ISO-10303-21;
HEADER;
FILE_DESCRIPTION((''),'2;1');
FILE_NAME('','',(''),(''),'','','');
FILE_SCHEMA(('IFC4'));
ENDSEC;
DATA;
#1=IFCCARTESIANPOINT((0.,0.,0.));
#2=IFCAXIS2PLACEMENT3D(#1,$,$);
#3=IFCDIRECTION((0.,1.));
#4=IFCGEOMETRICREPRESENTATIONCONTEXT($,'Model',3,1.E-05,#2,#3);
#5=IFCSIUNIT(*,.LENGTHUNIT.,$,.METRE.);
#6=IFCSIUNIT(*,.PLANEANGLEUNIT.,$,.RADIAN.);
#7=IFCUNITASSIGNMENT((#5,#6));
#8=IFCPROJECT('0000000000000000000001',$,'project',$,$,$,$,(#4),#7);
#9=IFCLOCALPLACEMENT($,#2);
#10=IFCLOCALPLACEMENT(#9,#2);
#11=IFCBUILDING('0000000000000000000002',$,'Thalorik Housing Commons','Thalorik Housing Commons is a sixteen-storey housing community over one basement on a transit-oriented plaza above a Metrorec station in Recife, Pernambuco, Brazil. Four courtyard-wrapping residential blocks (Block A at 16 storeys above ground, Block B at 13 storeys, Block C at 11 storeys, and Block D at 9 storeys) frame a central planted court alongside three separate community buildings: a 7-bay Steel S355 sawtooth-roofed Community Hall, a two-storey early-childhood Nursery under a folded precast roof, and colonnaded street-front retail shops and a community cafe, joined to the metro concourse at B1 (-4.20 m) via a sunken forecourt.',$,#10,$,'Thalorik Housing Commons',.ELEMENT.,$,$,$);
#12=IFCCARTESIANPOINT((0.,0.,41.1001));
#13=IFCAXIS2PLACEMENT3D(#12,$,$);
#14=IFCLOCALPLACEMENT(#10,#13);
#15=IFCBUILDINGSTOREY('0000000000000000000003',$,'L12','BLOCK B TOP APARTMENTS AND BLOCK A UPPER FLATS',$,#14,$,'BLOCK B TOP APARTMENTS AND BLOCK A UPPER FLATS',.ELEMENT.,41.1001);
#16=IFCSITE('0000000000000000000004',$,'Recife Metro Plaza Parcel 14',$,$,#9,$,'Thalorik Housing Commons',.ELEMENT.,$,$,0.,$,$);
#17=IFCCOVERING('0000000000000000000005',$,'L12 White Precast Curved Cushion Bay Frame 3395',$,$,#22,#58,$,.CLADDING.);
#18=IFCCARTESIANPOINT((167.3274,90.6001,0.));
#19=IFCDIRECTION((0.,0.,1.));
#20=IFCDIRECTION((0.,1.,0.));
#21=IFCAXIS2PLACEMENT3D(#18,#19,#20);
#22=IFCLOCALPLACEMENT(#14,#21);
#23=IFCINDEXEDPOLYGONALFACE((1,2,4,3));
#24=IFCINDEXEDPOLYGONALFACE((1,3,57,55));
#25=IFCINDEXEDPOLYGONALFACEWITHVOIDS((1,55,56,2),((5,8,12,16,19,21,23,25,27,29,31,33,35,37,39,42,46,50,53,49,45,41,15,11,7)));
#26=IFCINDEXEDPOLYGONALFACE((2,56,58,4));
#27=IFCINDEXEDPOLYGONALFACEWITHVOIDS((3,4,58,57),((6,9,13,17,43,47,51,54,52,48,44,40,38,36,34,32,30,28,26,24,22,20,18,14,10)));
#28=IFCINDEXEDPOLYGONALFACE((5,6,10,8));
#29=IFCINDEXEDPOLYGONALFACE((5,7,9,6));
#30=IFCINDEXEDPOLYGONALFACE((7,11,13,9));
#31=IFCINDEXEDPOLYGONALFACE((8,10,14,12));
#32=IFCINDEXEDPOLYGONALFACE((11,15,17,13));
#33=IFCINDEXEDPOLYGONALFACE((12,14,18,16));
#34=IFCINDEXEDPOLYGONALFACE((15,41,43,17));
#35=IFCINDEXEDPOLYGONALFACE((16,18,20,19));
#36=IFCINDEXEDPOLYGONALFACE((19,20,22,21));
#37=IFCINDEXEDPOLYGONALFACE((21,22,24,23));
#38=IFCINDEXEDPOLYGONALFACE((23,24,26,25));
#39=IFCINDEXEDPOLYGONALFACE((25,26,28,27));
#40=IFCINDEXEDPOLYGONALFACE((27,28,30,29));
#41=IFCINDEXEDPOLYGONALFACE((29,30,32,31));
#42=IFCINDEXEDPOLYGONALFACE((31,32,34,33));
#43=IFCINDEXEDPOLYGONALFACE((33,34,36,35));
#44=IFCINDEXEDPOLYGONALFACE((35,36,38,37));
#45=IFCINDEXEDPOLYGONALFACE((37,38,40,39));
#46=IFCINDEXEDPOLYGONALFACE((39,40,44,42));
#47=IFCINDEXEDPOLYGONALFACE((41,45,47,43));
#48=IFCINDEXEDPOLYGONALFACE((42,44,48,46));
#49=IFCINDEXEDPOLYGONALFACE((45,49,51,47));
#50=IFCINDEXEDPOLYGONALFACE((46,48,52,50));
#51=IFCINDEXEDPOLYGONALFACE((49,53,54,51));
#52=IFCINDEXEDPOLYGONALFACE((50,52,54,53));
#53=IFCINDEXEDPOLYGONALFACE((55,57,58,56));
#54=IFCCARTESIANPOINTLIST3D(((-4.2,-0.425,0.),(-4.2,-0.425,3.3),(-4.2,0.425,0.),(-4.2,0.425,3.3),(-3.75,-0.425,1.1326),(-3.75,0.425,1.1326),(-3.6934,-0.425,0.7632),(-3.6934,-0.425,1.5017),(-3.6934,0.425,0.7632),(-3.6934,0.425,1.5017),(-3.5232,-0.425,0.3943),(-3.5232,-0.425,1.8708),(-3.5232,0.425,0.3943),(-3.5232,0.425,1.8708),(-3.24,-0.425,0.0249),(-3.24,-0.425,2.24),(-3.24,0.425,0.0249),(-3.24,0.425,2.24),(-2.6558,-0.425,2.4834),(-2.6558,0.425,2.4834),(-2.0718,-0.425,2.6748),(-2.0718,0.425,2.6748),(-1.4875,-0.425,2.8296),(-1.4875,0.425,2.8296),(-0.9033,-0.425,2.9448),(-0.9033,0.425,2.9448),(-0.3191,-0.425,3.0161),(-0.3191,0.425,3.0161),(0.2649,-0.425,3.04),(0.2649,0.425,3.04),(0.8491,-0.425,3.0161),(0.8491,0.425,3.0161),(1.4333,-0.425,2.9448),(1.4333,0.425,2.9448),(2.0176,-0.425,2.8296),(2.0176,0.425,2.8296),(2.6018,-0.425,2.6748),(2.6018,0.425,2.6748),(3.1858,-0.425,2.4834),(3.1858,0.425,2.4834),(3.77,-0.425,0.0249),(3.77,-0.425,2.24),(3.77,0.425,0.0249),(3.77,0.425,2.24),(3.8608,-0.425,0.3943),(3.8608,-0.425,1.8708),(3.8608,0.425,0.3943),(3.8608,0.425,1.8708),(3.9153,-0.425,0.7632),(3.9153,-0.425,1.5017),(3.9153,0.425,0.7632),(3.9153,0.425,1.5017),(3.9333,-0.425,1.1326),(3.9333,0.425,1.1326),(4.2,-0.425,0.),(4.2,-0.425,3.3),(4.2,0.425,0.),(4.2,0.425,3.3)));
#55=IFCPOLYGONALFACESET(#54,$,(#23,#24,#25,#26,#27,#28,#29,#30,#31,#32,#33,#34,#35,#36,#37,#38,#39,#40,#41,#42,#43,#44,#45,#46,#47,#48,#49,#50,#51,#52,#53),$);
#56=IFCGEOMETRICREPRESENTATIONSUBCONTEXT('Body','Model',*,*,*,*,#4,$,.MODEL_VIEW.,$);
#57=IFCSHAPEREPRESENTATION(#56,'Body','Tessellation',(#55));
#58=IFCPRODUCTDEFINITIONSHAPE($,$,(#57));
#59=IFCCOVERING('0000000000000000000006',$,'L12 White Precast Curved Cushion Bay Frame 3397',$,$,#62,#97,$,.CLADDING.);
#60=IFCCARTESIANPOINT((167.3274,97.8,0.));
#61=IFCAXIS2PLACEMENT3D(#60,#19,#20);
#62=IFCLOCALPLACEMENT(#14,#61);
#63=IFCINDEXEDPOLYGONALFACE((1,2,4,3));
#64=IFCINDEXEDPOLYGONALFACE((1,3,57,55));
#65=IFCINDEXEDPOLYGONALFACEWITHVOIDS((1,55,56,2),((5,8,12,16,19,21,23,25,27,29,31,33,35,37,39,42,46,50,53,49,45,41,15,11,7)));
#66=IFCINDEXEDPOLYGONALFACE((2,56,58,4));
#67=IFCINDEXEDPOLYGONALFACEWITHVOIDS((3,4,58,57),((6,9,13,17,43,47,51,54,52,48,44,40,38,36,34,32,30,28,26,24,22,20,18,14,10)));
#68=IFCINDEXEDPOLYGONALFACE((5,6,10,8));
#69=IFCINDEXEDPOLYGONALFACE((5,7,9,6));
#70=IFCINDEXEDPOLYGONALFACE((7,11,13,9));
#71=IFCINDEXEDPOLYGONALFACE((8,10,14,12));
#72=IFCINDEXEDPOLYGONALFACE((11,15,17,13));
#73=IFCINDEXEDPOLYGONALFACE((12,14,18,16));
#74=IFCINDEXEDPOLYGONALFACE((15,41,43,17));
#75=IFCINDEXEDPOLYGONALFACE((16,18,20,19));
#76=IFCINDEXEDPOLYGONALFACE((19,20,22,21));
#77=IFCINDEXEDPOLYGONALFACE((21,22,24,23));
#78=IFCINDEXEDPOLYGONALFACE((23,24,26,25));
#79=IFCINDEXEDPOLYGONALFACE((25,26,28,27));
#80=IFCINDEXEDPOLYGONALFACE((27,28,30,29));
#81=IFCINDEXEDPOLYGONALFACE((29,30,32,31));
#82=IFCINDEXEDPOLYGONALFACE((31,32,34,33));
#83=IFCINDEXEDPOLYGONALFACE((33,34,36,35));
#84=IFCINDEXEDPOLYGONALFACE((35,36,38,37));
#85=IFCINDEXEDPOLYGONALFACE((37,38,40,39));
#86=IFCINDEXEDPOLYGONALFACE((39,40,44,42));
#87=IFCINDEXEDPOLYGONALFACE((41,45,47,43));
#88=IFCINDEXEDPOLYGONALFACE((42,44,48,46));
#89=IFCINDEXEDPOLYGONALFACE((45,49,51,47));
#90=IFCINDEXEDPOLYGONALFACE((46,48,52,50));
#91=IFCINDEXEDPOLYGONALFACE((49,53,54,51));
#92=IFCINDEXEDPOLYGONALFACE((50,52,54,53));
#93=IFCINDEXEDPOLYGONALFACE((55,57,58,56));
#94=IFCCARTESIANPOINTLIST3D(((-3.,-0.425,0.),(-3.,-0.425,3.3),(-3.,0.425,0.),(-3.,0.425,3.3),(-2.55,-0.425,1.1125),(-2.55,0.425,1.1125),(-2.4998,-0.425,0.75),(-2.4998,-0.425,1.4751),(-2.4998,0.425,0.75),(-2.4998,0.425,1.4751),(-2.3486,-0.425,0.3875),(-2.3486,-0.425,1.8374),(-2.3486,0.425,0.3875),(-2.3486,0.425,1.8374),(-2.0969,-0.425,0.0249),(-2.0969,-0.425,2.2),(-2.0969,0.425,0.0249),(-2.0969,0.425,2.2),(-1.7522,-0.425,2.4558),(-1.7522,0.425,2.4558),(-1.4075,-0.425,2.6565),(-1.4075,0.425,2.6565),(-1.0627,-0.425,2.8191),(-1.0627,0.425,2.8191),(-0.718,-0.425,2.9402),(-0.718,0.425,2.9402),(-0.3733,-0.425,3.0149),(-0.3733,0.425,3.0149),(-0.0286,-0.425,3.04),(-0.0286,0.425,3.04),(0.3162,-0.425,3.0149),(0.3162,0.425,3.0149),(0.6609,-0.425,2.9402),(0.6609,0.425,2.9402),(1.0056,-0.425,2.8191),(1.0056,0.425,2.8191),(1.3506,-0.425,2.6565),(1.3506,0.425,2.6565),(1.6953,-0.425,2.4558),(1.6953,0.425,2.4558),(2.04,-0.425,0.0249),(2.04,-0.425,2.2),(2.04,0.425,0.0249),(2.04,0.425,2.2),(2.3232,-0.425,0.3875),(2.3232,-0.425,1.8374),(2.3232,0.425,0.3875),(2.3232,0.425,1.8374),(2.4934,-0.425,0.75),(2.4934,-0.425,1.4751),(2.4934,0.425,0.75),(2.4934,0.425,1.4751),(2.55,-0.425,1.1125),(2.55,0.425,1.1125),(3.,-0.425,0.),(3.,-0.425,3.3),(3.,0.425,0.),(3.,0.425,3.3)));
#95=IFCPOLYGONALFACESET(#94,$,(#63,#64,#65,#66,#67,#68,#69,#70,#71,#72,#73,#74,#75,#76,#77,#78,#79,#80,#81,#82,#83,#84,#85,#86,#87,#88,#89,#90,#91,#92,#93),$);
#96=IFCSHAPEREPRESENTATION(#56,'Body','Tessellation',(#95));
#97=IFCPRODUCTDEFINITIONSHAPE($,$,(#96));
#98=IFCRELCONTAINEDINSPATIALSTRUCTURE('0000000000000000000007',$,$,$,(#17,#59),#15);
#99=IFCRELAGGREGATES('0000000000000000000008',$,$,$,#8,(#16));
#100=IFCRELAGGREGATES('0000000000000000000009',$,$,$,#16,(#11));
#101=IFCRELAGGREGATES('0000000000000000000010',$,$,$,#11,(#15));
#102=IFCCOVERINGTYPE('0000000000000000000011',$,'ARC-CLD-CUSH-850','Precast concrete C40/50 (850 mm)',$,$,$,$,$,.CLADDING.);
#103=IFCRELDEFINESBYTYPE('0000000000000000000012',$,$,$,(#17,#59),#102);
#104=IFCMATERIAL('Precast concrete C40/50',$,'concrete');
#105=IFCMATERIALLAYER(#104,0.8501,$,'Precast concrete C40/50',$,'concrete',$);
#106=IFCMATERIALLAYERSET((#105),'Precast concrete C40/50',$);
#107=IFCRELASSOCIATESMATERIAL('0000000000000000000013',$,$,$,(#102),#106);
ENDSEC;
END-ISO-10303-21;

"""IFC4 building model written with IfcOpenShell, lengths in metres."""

from ifc_helpers import new_model, si_unit, direction, frame, origin, place, context, subcontext, project, spatial, polyline, outline, extrude, material, layer, layer_set, type_object, element, save


model = new_model("IFC4")

# Units and contexts
model_context = context("Model", 3, precision=1e-05, world=origin(), true_north=direction((0.0, 1.0)))
body_context = subcontext(model_context, "Body", "Model", "MODEL_VIEW")
ifc_project = project(units=[si_unit("LENGTHUNIT", "METRE"), si_unit("PLANEANGLEUNIT", "RADIAN")], contexts=[model_context])

# Site, building, storey
site_placement = place(None, origin())
site = spatial("IfcSite", under=ifc_project, at=site_placement, Name="Recife Metro Plaza Parcel 14", LongName="Thalorik Housing Commons", CompositionType="ELEMENT", RefElevation=0.0)
building_placement = place(site_placement, origin())
building = spatial("IfcBuilding", under=site, at=building_placement, Name="Thalorik Housing Commons", Description="Thalorik Housing Commons is a sixteen-storey housing community over one basement on a transit-oriented plaza above a Metrorec station in Recife, Pernambuco, Brazil. Four courtyard-wrapping residential blocks (Block A at 16 storeys above ground, Block B at 13 storeys, Block C at 11 storeys, and Block D at 9 storeys) frame a central planted court alongside three separate community buildings: a 7-bay Steel S355 sawtooth-roofed Community Hall, a two-storey early-childhood Nursery under a folded precast roof, and colonnaded street-front retail shops and a community cafe, joined to the metro concourse at B1 (-4.20 m) via a sunken forecourt.", LongName="Thalorik Housing Commons", CompositionType="ELEMENT")
storey_placement = place(building_placement, frame((0.0, 0.0, 41.1001)))
storey = spatial("IfcBuildingStorey", under=building, at=storey_placement, Name="L12", Description="BLOCK B TOP APARTMENTS AND BLOCK A UPPER FLATS", LongName="BLOCK B TOP APARTMENTS AND BLOCK A UPPER FLATS", CompositionType="ELEMENT", Elevation=41.1001)

# Shared definitions
ifc_material_1 = material(Name="Precast concrete C40/50", Category="concrete")

# Coverings
ifc_layer_1 = layer(ifc_material_1, 0.8501, Name="Precast concrete C40/50", Category="concrete")
ifc_layer_set_1 = layer_set([ifc_layer_1], Name="Precast concrete C40/50")
covering_type_1 = type_object("IfcCoveringType", Name="ARC-CLD-CUSH-850", Description="Precast concrete C40/50 (850 mm)", PredefinedType="CLADDING", material=ifc_layer_set_1)
covering_1_placement = place(storey_placement, frame((167.3274, 90.6001, 0.0), z_axis=(0.0, 0.0, 1.0), x_axis=(0.0, 1.0, 0.0)))
element("IfcCovering", 1, at=covering_1_placement, inside=storey, type_object=covering_type_1, Name="L12 White Precast Curved Cushion Bay Frame 3395", PredefinedType="CLADDING", context=body_context, shape_type="SweptSolid", body=[
    extrude(outline(polyline([(-4.2, 0.0), (4.2, 0.0), (4.2, 3.3), (-4.2, 3.3), (-4.2, 0.0)]), holes=[polyline([(3.77, 0.0249), (3.8608, 0.3943), (3.9153, 0.7632), (3.9333, 1.1326), (3.9153, 1.5017), (3.8608, 1.8708), (3.77, 2.24), (3.1858, 2.4834), (2.6018, 2.6748), (2.0176, 2.8296), (1.4333, 2.9448), (0.8491, 3.0161), (0.2649, 3.04), (-0.3191, 3.0161), (-0.9033, 2.9448), (-1.4875, 2.8296), (-2.0718, 2.6748), (-2.6558, 2.4834), (-3.24, 2.24), (-3.5232, 1.8708), (-3.6934, 1.5017), (-3.75, 1.1326), (-3.6934, 0.7632), (-3.5232, 0.3943), (-3.24, 0.0249), (3.77, 0.0249)])]), frame((0.0, 0.425, 0.0), z_axis=(0.0, -1.0, 0.0), x_axis=(1.0, 0.0, 0.0)), (0.0, 0.0, 1.0), 0.8501),
])
covering_2_placement = place(storey_placement, frame((167.3274, 97.8, 0.0), z_axis=(0.0, 0.0, 1.0), x_axis=(0.0, 1.0, 0.0)))
element("IfcCovering", 2, at=covering_2_placement, inside=storey, type_object=covering_type_1, Name="L12 White Precast Curved Cushion Bay Frame 3397", PredefinedType="CLADDING", context=body_context, shape_type="SweptSolid", body=[
    extrude(outline(polyline([(-3.0, 0.0), (3.0, 0.0), (3.0, 3.3), (-3.0, 3.3), (-3.0, 0.0)]), holes=[polyline([(2.04, 0.0249), (2.3232, 0.3875), (2.4934, 0.75), (2.55, 1.1125), (2.4934, 1.4751), (2.3232, 1.8374), (2.04, 2.2), (1.6953, 2.4558), (1.3506, 2.6565), (1.0056, 2.8191), (0.6609, 2.9402), (0.3162, 3.0149), (-0.0286, 3.04), (-0.3733, 3.0149), (-0.718, 2.9402), (-1.0627, 2.8191), (-1.4075, 2.6565), (-1.7522, 2.4558), (-2.0969, 2.2), (-2.3486, 1.8374), (-2.4998, 1.4751), (-2.55, 1.1125), (-2.4998, 0.75), (-2.3486, 0.3875), (-2.0969, 0.0249), (2.04, 0.0249)])]), frame((0.0, 0.425, 0.0), z_axis=(0.0, -1.0, 0.0), x_axis=(1.0, 0.0, 0.0)), (0.0, 0.0, 1.0), 0.8501),
])

save(model, "model.ifc")
